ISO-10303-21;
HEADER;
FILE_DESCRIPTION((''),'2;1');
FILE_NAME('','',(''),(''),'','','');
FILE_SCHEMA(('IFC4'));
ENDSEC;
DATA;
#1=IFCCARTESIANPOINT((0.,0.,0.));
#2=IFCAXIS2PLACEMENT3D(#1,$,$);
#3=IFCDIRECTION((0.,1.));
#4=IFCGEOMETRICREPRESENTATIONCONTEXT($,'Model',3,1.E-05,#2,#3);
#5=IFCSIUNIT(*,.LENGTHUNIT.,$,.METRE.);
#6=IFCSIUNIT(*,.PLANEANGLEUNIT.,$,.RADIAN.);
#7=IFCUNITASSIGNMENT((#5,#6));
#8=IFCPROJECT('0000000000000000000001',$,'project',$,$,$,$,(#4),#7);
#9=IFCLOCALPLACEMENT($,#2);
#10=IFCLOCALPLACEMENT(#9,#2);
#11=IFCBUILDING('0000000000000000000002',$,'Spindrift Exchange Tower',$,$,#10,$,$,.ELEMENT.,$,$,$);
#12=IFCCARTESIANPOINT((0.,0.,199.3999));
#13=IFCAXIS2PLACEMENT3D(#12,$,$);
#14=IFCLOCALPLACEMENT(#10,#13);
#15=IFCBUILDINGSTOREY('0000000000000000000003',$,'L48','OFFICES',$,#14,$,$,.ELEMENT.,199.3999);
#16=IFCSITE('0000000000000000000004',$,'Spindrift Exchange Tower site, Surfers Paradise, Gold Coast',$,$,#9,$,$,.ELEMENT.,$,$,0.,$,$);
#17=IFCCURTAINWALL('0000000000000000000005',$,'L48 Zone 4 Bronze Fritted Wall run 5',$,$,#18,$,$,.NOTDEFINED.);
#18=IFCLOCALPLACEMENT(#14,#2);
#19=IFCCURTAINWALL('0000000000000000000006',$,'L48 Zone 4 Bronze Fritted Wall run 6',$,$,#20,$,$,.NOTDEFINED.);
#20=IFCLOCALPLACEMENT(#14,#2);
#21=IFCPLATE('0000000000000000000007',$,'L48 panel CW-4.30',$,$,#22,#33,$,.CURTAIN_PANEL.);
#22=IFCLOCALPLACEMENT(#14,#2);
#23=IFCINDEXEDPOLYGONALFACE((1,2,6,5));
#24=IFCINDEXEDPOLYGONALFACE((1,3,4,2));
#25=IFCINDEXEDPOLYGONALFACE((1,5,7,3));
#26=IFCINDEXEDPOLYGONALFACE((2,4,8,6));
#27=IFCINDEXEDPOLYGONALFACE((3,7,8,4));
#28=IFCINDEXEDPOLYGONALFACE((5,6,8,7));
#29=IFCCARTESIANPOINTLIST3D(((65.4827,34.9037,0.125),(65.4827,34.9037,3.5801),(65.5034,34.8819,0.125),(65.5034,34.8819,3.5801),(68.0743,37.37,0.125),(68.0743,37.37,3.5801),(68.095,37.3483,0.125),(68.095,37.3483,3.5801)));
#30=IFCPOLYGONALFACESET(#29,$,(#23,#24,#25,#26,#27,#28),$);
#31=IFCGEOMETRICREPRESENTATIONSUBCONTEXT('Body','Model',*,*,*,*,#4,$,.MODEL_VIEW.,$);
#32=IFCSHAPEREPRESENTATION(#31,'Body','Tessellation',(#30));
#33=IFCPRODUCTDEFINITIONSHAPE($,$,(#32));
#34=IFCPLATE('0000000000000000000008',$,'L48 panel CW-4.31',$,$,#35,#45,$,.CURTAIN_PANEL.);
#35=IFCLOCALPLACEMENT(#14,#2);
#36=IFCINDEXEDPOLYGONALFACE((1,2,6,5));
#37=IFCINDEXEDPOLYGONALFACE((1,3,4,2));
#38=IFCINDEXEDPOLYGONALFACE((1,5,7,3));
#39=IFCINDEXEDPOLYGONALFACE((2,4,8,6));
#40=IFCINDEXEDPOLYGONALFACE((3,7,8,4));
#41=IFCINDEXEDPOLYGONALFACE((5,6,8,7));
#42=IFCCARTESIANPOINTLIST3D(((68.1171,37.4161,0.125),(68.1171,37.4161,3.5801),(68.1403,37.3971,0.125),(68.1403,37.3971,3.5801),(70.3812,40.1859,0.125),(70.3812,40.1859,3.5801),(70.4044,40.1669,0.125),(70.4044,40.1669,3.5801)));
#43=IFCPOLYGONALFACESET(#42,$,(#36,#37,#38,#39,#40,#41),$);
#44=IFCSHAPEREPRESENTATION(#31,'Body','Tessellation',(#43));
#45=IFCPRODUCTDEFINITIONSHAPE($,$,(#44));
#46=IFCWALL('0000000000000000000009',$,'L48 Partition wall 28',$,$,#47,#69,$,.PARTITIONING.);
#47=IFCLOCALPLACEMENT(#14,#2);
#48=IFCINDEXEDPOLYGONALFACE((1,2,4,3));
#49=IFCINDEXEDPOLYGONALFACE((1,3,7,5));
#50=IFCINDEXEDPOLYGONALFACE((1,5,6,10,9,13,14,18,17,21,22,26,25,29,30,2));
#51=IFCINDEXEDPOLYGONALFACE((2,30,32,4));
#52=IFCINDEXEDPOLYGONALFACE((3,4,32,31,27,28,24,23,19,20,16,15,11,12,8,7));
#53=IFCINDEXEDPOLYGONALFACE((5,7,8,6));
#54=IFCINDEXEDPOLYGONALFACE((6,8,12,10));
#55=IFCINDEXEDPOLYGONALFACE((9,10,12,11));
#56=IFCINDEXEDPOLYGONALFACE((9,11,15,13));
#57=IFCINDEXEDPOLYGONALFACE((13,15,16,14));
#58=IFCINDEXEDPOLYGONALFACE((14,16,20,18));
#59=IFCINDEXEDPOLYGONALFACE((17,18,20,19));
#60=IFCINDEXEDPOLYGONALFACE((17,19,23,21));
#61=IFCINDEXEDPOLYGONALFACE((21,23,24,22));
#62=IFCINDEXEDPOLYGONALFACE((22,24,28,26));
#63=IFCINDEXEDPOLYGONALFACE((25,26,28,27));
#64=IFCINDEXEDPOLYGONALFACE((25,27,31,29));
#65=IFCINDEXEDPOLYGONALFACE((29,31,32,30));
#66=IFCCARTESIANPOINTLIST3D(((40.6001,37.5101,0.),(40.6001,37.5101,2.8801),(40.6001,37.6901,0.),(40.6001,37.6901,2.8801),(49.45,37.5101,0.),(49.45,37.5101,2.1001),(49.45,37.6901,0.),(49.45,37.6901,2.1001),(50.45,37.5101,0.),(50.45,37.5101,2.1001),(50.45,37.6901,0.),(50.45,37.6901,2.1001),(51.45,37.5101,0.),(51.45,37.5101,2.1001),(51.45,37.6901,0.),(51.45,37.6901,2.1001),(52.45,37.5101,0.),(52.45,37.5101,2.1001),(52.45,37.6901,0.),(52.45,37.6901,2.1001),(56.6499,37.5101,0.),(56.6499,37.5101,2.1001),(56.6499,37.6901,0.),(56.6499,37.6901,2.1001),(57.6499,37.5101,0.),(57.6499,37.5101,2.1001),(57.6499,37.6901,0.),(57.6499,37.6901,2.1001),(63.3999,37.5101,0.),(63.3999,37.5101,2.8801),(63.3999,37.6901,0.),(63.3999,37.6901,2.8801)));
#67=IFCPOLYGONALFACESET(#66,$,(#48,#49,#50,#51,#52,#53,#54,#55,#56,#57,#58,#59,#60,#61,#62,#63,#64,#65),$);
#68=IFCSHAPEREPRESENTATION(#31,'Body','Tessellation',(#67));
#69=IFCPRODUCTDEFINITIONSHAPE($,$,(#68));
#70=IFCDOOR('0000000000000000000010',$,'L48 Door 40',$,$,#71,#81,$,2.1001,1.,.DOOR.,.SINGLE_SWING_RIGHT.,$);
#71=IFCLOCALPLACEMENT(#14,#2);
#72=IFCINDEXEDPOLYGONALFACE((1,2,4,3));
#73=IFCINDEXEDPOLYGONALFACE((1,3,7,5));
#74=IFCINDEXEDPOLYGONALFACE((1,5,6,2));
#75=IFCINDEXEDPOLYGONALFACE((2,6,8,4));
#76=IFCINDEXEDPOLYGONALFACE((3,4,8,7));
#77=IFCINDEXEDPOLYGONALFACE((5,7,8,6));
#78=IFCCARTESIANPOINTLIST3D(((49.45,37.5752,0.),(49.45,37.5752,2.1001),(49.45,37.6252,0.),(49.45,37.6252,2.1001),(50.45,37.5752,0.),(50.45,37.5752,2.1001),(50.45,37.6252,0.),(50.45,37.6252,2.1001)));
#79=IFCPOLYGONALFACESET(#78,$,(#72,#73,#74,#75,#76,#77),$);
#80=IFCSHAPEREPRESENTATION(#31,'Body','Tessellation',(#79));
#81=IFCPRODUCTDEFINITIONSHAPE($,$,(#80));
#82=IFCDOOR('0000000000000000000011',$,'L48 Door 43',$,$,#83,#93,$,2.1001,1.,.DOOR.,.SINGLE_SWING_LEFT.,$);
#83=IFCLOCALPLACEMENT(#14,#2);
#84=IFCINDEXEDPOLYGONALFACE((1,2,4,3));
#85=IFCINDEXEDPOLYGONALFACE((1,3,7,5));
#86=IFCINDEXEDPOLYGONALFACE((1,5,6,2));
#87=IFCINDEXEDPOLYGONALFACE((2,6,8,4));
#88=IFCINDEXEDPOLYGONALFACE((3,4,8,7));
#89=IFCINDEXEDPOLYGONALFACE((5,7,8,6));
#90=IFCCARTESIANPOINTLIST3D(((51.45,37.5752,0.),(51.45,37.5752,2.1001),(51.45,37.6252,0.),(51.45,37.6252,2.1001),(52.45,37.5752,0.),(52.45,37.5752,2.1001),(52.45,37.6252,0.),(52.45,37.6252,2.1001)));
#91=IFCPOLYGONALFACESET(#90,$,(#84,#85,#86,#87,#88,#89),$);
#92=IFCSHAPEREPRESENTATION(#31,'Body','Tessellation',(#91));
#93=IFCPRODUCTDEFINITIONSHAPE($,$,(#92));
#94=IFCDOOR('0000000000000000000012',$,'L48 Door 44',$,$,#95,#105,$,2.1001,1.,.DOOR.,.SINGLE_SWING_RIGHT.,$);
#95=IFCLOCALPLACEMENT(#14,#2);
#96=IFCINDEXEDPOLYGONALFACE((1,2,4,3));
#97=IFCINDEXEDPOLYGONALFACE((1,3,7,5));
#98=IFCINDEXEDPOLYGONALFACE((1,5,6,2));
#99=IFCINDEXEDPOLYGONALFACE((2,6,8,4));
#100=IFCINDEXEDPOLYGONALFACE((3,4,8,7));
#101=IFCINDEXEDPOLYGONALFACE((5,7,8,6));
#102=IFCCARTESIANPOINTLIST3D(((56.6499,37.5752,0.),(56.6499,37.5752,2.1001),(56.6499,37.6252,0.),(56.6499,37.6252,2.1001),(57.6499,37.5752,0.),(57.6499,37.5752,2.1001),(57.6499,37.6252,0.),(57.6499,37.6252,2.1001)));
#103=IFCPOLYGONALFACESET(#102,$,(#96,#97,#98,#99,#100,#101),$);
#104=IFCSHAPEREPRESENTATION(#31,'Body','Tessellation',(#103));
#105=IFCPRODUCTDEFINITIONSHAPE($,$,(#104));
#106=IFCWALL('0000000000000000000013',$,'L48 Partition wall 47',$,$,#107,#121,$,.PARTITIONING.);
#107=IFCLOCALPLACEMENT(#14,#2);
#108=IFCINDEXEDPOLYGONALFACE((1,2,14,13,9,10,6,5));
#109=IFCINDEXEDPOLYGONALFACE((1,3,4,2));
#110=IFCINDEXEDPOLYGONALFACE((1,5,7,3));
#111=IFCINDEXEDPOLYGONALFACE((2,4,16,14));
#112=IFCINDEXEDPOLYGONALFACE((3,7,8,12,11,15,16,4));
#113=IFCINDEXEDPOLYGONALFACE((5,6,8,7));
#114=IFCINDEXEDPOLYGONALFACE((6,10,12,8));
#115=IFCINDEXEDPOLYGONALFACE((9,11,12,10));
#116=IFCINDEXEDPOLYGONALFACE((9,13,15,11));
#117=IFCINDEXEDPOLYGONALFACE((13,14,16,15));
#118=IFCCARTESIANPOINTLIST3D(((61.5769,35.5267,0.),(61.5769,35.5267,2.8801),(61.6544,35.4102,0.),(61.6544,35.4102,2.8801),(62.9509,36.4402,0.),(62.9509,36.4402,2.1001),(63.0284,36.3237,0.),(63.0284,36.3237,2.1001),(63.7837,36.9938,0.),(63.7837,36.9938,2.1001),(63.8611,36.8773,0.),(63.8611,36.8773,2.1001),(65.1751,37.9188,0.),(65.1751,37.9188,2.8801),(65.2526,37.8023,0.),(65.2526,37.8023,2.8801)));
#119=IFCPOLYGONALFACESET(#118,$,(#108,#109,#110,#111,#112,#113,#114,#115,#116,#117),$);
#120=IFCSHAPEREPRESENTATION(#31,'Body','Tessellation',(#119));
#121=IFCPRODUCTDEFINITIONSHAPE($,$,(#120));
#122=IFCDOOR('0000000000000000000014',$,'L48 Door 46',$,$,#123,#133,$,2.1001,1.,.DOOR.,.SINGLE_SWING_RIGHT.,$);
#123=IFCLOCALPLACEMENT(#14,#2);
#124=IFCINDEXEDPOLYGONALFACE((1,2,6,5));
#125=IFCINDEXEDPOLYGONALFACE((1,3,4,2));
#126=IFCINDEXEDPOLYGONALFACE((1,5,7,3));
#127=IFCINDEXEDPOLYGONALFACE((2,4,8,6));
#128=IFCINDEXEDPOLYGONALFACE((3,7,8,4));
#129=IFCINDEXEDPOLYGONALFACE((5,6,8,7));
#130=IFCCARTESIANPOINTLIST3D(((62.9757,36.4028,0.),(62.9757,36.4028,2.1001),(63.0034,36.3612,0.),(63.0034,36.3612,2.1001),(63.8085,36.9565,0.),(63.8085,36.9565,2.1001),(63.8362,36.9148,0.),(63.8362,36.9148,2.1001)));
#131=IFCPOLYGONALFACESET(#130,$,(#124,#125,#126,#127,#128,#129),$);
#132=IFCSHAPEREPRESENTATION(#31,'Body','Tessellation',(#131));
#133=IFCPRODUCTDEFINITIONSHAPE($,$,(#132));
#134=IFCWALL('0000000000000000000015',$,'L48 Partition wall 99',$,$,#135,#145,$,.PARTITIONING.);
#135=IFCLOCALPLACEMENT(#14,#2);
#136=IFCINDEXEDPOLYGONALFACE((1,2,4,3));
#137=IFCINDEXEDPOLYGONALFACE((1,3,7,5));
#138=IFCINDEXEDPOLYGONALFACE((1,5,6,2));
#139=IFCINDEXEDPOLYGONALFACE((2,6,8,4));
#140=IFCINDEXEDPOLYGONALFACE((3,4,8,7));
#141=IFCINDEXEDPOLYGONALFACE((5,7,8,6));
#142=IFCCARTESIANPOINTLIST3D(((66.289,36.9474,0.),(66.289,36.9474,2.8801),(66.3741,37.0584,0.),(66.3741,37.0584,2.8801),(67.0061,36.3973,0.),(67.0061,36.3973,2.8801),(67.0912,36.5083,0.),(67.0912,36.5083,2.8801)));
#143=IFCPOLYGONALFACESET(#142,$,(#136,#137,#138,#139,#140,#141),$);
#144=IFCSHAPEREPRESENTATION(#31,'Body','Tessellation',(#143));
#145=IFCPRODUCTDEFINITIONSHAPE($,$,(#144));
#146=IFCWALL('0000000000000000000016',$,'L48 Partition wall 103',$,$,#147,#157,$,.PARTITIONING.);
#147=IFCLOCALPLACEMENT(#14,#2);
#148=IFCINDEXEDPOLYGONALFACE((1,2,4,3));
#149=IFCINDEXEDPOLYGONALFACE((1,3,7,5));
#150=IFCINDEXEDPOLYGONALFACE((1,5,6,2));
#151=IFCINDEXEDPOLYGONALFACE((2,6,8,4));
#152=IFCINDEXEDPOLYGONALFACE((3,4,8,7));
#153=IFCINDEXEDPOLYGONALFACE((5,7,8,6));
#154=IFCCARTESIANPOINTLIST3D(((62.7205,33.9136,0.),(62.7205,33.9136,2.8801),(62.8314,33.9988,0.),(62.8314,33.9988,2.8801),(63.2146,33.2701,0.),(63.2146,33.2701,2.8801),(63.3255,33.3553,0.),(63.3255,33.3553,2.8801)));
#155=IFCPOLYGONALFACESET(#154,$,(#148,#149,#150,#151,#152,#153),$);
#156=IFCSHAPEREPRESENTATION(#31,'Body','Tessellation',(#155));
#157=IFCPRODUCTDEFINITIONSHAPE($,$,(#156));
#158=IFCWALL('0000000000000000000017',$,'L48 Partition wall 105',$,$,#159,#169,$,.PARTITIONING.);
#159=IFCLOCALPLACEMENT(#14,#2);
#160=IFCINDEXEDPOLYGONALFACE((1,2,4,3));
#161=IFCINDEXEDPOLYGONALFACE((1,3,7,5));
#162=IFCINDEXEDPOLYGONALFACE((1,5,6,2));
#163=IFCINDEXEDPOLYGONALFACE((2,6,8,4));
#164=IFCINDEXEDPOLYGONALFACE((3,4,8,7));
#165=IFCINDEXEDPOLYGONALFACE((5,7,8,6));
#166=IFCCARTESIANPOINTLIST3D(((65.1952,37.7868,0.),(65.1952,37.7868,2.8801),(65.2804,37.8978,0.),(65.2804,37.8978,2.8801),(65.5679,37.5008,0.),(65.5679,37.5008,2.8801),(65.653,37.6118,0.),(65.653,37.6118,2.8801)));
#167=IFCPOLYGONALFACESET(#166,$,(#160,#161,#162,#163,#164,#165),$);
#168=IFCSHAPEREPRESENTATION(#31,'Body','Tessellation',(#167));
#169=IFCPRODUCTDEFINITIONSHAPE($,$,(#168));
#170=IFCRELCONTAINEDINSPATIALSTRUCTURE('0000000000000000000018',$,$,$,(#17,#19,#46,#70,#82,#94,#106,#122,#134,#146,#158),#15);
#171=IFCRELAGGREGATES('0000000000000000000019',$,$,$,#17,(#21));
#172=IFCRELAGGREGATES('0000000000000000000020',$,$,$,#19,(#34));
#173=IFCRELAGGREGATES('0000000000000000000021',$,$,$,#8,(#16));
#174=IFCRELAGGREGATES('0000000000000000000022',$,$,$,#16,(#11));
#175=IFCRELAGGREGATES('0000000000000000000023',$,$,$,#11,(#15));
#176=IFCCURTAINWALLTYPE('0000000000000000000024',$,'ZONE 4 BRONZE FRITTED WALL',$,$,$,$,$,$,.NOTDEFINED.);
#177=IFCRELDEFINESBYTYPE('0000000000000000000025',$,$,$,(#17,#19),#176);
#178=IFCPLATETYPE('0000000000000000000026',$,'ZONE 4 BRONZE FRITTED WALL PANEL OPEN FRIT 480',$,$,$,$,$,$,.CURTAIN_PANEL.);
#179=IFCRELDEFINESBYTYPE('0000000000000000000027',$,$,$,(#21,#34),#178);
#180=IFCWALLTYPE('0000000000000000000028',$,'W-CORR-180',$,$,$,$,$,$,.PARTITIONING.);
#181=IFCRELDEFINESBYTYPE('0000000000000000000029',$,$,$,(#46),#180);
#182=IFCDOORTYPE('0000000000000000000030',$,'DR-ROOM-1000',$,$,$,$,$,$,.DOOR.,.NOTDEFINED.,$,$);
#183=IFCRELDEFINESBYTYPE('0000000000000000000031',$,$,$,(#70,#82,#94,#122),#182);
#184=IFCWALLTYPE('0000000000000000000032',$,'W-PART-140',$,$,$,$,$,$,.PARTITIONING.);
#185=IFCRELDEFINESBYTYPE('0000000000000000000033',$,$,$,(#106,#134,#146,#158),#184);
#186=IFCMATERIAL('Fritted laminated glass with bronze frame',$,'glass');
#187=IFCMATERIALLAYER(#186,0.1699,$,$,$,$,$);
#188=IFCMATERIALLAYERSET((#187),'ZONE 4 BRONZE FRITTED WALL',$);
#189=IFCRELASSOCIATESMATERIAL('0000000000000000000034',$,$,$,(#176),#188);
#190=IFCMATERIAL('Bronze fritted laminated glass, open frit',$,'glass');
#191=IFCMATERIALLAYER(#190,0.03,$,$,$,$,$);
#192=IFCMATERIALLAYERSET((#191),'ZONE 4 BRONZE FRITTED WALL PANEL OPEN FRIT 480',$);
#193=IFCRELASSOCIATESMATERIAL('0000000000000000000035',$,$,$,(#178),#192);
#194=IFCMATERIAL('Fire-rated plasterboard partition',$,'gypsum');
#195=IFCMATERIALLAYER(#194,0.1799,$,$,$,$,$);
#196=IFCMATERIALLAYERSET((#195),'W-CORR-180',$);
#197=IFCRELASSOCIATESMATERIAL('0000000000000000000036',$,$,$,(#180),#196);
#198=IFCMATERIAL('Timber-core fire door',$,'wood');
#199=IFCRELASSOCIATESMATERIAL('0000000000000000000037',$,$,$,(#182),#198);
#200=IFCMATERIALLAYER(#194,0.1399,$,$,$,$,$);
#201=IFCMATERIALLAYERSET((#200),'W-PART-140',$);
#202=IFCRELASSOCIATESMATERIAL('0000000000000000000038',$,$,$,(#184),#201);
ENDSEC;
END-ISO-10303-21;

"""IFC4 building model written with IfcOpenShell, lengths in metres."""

from ifc_helpers import new_model, si_unit, direction, frame, frame_2d, origin, origin_2d, place, context, subcontext, project, spatial, rectangle, extrude, source, transform, mapped, material, layer, layer_set, type_object, element, fill, aggregate, save


model = new_model("IFC4")

# Units and contexts
model_context = context("Model", 3, precision=1e-05, world=origin(), true_north=direction((0.0, 1.0)))
body_context = subcontext(model_context, "Body", "Model", "MODEL_VIEW")
ifc_project = project(units=[si_unit("LENGTHUNIT", "METRE"), si_unit("PLANEANGLEUNIT", "RADIAN")], contexts=[model_context])

# Site, building, storey
site_placement = place(None, origin())
site = spatial("IfcSite", under=ifc_project, at=site_placement, Name="Spindrift Exchange Tower site, Surfers Paradise, Gold Coast", CompositionType="ELEMENT", RefElevation=0.0)
building_placement = place(site_placement, origin())
building = spatial("IfcBuilding", under=site, at=building_placement, Name="Spindrift Exchange Tower", CompositionType="ELEMENT")
storey_placement = place(building_placement, frame((0.0, 0.0, 199.3999)))
storey = spatial("IfcBuildingStorey", under=building, at=storey_placement, Name="L48", Description="OFFICES", CompositionType="ELEMENT", Elevation=199.3999)

# Curtain wall
ifc_material_1 = material(Name="Fritted laminated glass with bronze frame", Category="glass")
ifc_layer_1 = layer(ifc_material_1, 0.1699)
ifc_layer_set_1 = layer_set([ifc_layer_1], Name="ZONE 4 BRONZE FRITTED WALL")
curtain_wall_type = type_object("IfcCurtainWallType", Name="ZONE 4 BRONZE FRITTED WALL", PredefinedType="NOTDEFINED", material=ifc_layer_set_1)
curtain_wall_1_placement = place(storey_placement, origin())
curtain_wall_1 = element("IfcCurtainWall", 1, at=curtain_wall_1_placement, inside=storey, type_object=curtain_wall_type, Name="L48 Zone 4 Bronze Fritted Wall run 5", PredefinedType="NOTDEFINED")

# Curtain wall
curtain_wall_2_placement = place(storey_placement, origin())
curtain_wall_2 = element("IfcCurtainWall", 2, at=curtain_wall_2_placement, inside=storey, type_object=curtain_wall_type, Name="L48 Zone 4 Bronze Fritted Wall run 6", PredefinedType="NOTDEFINED")

# Plates
ifc_material_2 = material(Name="Bronze fritted laminated glass, open frit", Category="glass")
ifc_layer_2 = layer(ifc_material_2, 0.03)
ifc_layer_set_2 = layer_set([ifc_layer_2], Name="ZONE 4 BRONZE FRITTED WALL PANEL OPEN FRIT 480")
plate_type_1 = type_object("IfcPlateType", Name="ZONE 4 BRONZE FRITTED WALL PANEL OPEN FRIT 480", PredefinedType="CURTAIN_PANEL", material=ifc_layer_set_2)
shared_shape_1 = source(origin(), body_context, "Body", "SweptSolid", [
    extrude(rectangle(XDim=3.5776, YDim=0.03, at=origin_2d()), origin(), (0.0, 0.0, 1.0), 3.4551),
])
plate_1_placement = place(storey_placement, frame((66.7888, 36.126, 0.125), z_axis=(0.0, 0.0, 1.0), x_axis=(0.724391, 0.689389, 0.0)))
plate_1 = element("IfcPlate", 3, at=plate_1_placement, type_object=plate_type_1, Name="L48 panel CW-4.30", PredefinedType="CURTAIN_PANEL", context=body_context, shape_type="MappedRepresentation", body=[
    mapped(shared_shape_1, transform((0.0, 0.0, 0.0), scale=1.0)),
])
aggregate(curtain_wall_1, [plate_1])
shared_shape_2 = source(origin(), body_context, "Body", "SweptSolid", [
    extrude(rectangle(XDim=3.5774, YDim=0.03, at=origin_2d()), origin(), (0.0, 0.0, 1.0), 3.4551),
])
plate_2_placement = place(storey_placement, frame((69.2607, 38.7915, 0.125), z_axis=(0.0, 0.0, 1.0), x_axis=(0.632884, 0.774247, 0.0)))
plate_2 = element("IfcPlate", 4, at=plate_2_placement, type_object=plate_type_1, Name="L48 panel CW-4.31", PredefinedType="CURTAIN_PANEL", context=body_context, shape_type="MappedRepresentation", body=[
    mapped(shared_shape_2, transform((0.0, 0.0, 0.0), scale=1.0)),
])
aggregate(curtain_wall_2, [plate_2])

# Wall, openings, doors
ifc_material_3 = material(Name="Fire-rated plasterboard partition", Category="gypsum")
ifc_layer_3 = layer(ifc_material_3, 0.1799)
ifc_layer_set_3 = layer_set([ifc_layer_3], Name="W-CORR-180")
wall_type_1 = type_object("IfcWallType", Name="W-CORR-180", PredefinedType="PARTITIONING", material=ifc_layer_set_3)
wall_1_placement = place(storey_placement, frame((63.3999, 37.6001, 0.0), z_axis=(0.0, 0.0, 1.0), x_axis=(-1.0, 0.0, 0.0)))
wall_1 = element("IfcWall", 5, at=wall_1_placement, inside=storey, type_object=wall_type_1, Name="L48 Partition wall 28", PredefinedType="PARTITIONING", context=body_context, shape_type="SweptSolid", body=[
    extrude(rectangle(XDim=22.7998, YDim=0.1799, at=frame_2d((11.3999, 0.0))), origin(), (0.0, 0.0, 1.0), 2.8801),
])
opening_1_placement = place(wall_1_placement, frame((12.95, 0.0, 0.0)))
opening_1 = element("IfcOpeningElement", 6, at=opening_1_placement, cuts=wall_1, PredefinedType="OPENING", context=body_context, shape_type="SweptSolid", body=[
    extrude(rectangle(XDim=1.0, YDim=2.1001, at=frame_2d((0.5, 1.05))), frame((0.0, 0.0999, 0.0), z_axis=(0.0, -1.0, 0.0), x_axis=(1.0, 0.0, 0.0)), (0.0, 0.0, 1.0), 0.2),
])
opening_2_placement = place(wall_1_placement, frame((10.95, 0.0, 0.0)))
opening_2 = element("IfcOpeningElement", 7, at=opening_2_placement, cuts=wall_1, PredefinedType="OPENING", context=body_context, shape_type="SweptSolid", body=[
    extrude(rectangle(XDim=1.0, YDim=2.1001, at=frame_2d((0.5, 1.05))), frame((0.0, 0.0999, 0.0), z_axis=(0.0, -1.0, 0.0), x_axis=(1.0, 0.0, 0.0)), (0.0, 0.0, 1.0), 0.2),
])
opening_3_placement = place(wall_1_placement, frame((5.75, 0.0, 0.0)))
opening_3 = element("IfcOpeningElement", 8, at=opening_3_placement, cuts=wall_1, PredefinedType="OPENING", context=body_context, shape_type="SweptSolid", body=[
    extrude(rectangle(XDim=1.0, YDim=2.1001, at=frame_2d((0.5, 1.05))), frame((0.0, 0.0999, 0.0), z_axis=(0.0, -1.0, 0.0), x_axis=(1.0, 0.0, 0.0)), (0.0, 0.0, 1.0), 0.2),
])
ifc_material_4 = material(Name="Timber-core fire door", Category="wood")
door_type = type_object("IfcDoorType", Name="DR-ROOM-1000", OperationType="NOTDEFINED", PredefinedType="DOOR", material=ifc_material_4)
shared_shape_3 = source(origin(), body_context, "Body", "SweptSolid", [
    extrude(rectangle(XDim=1.0, YDim=2.1001, at=frame_2d((0.5, 1.05))), frame((0.0, 0.0249, 0.0), z_axis=(0.0, -1.0, 0.0), x_axis=(1.0, 0.0, 0.0)), (0.0, 0.0, 1.0), 0.05),
])
door_1_placement = place(opening_1_placement, origin())
door_1 = element("IfcDoor", 9, at=door_1_placement, inside=storey, type_object=door_type, Name="L48 Door 40", OperationType="SINGLE_SWING_RIGHT", OverallHeight=2.1001, OverallWidth=1.0, PredefinedType="DOOR", context=body_context, shape_type="MappedRepresentation", body=[
    mapped(shared_shape_3, transform((0.0, 0.0, 0.0), scale=1.0)),
])
fill(opening_1, door_1)
door_2_placement = place(opening_2_placement, origin())
door_2 = element("IfcDoor", 10, at=door_2_placement, inside=storey, type_object=door_type, Name="L48 Door 43", OperationType="SINGLE_SWING_LEFT", OverallHeight=2.1001, OverallWidth=1.0, PredefinedType="DOOR", context=body_context, shape_type="MappedRepresentation", body=[
    mapped(shared_shape_3, transform((0.0, 0.0, 0.0), scale=1.0)),
])
fill(opening_2, door_2)
door_3_placement = place(opening_3_placement, origin())
door_3 = element("IfcDoor", 11, at=door_3_placement, inside=storey, type_object=door_type, Name="L48 Door 44", OperationType="SINGLE_SWING_RIGHT", OverallHeight=2.1001, OverallWidth=1.0, PredefinedType="DOOR", context=body_context, shape_type="MappedRepresentation", body=[
    mapped(shared_shape_3, transform((0.0, 0.0, 0.0), scale=1.0)),
])
fill(opening_3, door_3)

# Wall, opening, door
ifc_layer_4 = layer(ifc_material_3, 0.1399)
ifc_layer_set_4 = layer_set([ifc_layer_4], Name="W-PART-140")
wall_type_2 = type_object("IfcWallType", Name="W-PART-140", PredefinedType="PARTITIONING", material=ifc_layer_set_4)
wall_2_placement = place(storey_placement, frame((65.2139, 37.8606, 0.0), z_axis=(0.0, 0.0, 1.0), x_axis=(-0.832762, -0.553631, 0.0)))
wall_2 = element("IfcWall", 12, at=wall_2_placement, inside=storey, type_object=wall_type_2, Name="L48 Partition wall 47", PredefinedType="PARTITIONING", context=body_context, shape_type="SweptSolid", body=[
    extrude(rectangle(XDim=4.3208, YDim=0.1399, at=frame_2d((2.1604, 0.0))), origin(), (0.0, 0.0, 1.0), 2.8801),
])
opening_4_placement = place(wall_2_placement, frame((1.6709, 0.0, 0.0)))
opening_4 = element("IfcOpeningElement", 13, at=opening_4_placement, cuts=wall_2, PredefinedType="OPENING", context=body_context, shape_type="SweptSolid", body=[
    extrude(rectangle(XDim=1.0, YDim=2.1001, at=frame_2d((0.5, 1.05))), frame((0.0, 0.0798, 0.0), z_axis=(0.0, -1.0, 0.0), x_axis=(1.0, 0.0, 0.0)), (0.0, 0.0, 1.0), 0.1599),
])
door_4_placement = place(opening_4_placement, origin())
door_4 = element("IfcDoor", 14, at=door_4_placement, inside=storey, type_object=door_type, Name="L48 Door 46", OperationType="SINGLE_SWING_RIGHT", OverallHeight=2.1001, OverallWidth=1.0, PredefinedType="DOOR", context=body_context, shape_type="MappedRepresentation", body=[
    mapped(shared_shape_3, transform((0.0, 0.0, 0.0), scale=1.0)),
])
fill(opening_4, door_4)

# Walls
wall_3_placement = place(storey_placement, frame((66.3315, 37.0029, 0.0), z_axis=(0.0, 0.0, 1.0), x_axis=(0.793437, -0.608653, 0.0)))
element("IfcWall", 15, at=wall_3_placement, inside=storey, type_object=wall_type_2, Name="L48 Partition wall 99", PredefinedType="PARTITIONING", context=body_context, shape_type="SweptSolid", body=[
    extrude(rectangle(XDim=0.9038, YDim=0.1399, at=frame_2d((0.4519, 0.0))), origin(), (0.0, 0.0, 1.0), 2.8801),
])
wall_4_placement = place(storey_placement, frame((62.7759, 33.9563, 0.0), z_axis=(0.0, 0.0, 1.0), x_axis=(0.609013, -0.793161, 0.0)))
element("IfcWall", 16, at=wall_4_placement, inside=storey, type_object=wall_type_2, Name="L48 Partition wall 103", PredefinedType="PARTITIONING", context=body_context, shape_type="SweptSolid", body=[
    extrude(rectangle(XDim=0.8113, YDim=0.1399, at=frame_2d((0.4058, 0.0))), origin(), (0.0, 0.0, 1.0), 2.8801),
])
wall_5_placement = place(storey_placement, frame((65.2378, 37.8423, 0.0), z_axis=(0.0, 0.0, 1.0), x_axis=(0.793339, -0.608781, 0.0)))
element("IfcWall", 17, at=wall_5_placement, inside=storey, type_object=wall_type_2, Name="L48 Partition wall 105", PredefinedType="PARTITIONING", context=body_context, shape_type="SweptSolid", body=[
    extrude(rectangle(XDim=0.4697, YDim=0.1399, at=frame_2d((0.2349, 0.0))), origin(), (0.0, 0.0, 1.0), 2.8801),
])

save(model, "model.ifc")
